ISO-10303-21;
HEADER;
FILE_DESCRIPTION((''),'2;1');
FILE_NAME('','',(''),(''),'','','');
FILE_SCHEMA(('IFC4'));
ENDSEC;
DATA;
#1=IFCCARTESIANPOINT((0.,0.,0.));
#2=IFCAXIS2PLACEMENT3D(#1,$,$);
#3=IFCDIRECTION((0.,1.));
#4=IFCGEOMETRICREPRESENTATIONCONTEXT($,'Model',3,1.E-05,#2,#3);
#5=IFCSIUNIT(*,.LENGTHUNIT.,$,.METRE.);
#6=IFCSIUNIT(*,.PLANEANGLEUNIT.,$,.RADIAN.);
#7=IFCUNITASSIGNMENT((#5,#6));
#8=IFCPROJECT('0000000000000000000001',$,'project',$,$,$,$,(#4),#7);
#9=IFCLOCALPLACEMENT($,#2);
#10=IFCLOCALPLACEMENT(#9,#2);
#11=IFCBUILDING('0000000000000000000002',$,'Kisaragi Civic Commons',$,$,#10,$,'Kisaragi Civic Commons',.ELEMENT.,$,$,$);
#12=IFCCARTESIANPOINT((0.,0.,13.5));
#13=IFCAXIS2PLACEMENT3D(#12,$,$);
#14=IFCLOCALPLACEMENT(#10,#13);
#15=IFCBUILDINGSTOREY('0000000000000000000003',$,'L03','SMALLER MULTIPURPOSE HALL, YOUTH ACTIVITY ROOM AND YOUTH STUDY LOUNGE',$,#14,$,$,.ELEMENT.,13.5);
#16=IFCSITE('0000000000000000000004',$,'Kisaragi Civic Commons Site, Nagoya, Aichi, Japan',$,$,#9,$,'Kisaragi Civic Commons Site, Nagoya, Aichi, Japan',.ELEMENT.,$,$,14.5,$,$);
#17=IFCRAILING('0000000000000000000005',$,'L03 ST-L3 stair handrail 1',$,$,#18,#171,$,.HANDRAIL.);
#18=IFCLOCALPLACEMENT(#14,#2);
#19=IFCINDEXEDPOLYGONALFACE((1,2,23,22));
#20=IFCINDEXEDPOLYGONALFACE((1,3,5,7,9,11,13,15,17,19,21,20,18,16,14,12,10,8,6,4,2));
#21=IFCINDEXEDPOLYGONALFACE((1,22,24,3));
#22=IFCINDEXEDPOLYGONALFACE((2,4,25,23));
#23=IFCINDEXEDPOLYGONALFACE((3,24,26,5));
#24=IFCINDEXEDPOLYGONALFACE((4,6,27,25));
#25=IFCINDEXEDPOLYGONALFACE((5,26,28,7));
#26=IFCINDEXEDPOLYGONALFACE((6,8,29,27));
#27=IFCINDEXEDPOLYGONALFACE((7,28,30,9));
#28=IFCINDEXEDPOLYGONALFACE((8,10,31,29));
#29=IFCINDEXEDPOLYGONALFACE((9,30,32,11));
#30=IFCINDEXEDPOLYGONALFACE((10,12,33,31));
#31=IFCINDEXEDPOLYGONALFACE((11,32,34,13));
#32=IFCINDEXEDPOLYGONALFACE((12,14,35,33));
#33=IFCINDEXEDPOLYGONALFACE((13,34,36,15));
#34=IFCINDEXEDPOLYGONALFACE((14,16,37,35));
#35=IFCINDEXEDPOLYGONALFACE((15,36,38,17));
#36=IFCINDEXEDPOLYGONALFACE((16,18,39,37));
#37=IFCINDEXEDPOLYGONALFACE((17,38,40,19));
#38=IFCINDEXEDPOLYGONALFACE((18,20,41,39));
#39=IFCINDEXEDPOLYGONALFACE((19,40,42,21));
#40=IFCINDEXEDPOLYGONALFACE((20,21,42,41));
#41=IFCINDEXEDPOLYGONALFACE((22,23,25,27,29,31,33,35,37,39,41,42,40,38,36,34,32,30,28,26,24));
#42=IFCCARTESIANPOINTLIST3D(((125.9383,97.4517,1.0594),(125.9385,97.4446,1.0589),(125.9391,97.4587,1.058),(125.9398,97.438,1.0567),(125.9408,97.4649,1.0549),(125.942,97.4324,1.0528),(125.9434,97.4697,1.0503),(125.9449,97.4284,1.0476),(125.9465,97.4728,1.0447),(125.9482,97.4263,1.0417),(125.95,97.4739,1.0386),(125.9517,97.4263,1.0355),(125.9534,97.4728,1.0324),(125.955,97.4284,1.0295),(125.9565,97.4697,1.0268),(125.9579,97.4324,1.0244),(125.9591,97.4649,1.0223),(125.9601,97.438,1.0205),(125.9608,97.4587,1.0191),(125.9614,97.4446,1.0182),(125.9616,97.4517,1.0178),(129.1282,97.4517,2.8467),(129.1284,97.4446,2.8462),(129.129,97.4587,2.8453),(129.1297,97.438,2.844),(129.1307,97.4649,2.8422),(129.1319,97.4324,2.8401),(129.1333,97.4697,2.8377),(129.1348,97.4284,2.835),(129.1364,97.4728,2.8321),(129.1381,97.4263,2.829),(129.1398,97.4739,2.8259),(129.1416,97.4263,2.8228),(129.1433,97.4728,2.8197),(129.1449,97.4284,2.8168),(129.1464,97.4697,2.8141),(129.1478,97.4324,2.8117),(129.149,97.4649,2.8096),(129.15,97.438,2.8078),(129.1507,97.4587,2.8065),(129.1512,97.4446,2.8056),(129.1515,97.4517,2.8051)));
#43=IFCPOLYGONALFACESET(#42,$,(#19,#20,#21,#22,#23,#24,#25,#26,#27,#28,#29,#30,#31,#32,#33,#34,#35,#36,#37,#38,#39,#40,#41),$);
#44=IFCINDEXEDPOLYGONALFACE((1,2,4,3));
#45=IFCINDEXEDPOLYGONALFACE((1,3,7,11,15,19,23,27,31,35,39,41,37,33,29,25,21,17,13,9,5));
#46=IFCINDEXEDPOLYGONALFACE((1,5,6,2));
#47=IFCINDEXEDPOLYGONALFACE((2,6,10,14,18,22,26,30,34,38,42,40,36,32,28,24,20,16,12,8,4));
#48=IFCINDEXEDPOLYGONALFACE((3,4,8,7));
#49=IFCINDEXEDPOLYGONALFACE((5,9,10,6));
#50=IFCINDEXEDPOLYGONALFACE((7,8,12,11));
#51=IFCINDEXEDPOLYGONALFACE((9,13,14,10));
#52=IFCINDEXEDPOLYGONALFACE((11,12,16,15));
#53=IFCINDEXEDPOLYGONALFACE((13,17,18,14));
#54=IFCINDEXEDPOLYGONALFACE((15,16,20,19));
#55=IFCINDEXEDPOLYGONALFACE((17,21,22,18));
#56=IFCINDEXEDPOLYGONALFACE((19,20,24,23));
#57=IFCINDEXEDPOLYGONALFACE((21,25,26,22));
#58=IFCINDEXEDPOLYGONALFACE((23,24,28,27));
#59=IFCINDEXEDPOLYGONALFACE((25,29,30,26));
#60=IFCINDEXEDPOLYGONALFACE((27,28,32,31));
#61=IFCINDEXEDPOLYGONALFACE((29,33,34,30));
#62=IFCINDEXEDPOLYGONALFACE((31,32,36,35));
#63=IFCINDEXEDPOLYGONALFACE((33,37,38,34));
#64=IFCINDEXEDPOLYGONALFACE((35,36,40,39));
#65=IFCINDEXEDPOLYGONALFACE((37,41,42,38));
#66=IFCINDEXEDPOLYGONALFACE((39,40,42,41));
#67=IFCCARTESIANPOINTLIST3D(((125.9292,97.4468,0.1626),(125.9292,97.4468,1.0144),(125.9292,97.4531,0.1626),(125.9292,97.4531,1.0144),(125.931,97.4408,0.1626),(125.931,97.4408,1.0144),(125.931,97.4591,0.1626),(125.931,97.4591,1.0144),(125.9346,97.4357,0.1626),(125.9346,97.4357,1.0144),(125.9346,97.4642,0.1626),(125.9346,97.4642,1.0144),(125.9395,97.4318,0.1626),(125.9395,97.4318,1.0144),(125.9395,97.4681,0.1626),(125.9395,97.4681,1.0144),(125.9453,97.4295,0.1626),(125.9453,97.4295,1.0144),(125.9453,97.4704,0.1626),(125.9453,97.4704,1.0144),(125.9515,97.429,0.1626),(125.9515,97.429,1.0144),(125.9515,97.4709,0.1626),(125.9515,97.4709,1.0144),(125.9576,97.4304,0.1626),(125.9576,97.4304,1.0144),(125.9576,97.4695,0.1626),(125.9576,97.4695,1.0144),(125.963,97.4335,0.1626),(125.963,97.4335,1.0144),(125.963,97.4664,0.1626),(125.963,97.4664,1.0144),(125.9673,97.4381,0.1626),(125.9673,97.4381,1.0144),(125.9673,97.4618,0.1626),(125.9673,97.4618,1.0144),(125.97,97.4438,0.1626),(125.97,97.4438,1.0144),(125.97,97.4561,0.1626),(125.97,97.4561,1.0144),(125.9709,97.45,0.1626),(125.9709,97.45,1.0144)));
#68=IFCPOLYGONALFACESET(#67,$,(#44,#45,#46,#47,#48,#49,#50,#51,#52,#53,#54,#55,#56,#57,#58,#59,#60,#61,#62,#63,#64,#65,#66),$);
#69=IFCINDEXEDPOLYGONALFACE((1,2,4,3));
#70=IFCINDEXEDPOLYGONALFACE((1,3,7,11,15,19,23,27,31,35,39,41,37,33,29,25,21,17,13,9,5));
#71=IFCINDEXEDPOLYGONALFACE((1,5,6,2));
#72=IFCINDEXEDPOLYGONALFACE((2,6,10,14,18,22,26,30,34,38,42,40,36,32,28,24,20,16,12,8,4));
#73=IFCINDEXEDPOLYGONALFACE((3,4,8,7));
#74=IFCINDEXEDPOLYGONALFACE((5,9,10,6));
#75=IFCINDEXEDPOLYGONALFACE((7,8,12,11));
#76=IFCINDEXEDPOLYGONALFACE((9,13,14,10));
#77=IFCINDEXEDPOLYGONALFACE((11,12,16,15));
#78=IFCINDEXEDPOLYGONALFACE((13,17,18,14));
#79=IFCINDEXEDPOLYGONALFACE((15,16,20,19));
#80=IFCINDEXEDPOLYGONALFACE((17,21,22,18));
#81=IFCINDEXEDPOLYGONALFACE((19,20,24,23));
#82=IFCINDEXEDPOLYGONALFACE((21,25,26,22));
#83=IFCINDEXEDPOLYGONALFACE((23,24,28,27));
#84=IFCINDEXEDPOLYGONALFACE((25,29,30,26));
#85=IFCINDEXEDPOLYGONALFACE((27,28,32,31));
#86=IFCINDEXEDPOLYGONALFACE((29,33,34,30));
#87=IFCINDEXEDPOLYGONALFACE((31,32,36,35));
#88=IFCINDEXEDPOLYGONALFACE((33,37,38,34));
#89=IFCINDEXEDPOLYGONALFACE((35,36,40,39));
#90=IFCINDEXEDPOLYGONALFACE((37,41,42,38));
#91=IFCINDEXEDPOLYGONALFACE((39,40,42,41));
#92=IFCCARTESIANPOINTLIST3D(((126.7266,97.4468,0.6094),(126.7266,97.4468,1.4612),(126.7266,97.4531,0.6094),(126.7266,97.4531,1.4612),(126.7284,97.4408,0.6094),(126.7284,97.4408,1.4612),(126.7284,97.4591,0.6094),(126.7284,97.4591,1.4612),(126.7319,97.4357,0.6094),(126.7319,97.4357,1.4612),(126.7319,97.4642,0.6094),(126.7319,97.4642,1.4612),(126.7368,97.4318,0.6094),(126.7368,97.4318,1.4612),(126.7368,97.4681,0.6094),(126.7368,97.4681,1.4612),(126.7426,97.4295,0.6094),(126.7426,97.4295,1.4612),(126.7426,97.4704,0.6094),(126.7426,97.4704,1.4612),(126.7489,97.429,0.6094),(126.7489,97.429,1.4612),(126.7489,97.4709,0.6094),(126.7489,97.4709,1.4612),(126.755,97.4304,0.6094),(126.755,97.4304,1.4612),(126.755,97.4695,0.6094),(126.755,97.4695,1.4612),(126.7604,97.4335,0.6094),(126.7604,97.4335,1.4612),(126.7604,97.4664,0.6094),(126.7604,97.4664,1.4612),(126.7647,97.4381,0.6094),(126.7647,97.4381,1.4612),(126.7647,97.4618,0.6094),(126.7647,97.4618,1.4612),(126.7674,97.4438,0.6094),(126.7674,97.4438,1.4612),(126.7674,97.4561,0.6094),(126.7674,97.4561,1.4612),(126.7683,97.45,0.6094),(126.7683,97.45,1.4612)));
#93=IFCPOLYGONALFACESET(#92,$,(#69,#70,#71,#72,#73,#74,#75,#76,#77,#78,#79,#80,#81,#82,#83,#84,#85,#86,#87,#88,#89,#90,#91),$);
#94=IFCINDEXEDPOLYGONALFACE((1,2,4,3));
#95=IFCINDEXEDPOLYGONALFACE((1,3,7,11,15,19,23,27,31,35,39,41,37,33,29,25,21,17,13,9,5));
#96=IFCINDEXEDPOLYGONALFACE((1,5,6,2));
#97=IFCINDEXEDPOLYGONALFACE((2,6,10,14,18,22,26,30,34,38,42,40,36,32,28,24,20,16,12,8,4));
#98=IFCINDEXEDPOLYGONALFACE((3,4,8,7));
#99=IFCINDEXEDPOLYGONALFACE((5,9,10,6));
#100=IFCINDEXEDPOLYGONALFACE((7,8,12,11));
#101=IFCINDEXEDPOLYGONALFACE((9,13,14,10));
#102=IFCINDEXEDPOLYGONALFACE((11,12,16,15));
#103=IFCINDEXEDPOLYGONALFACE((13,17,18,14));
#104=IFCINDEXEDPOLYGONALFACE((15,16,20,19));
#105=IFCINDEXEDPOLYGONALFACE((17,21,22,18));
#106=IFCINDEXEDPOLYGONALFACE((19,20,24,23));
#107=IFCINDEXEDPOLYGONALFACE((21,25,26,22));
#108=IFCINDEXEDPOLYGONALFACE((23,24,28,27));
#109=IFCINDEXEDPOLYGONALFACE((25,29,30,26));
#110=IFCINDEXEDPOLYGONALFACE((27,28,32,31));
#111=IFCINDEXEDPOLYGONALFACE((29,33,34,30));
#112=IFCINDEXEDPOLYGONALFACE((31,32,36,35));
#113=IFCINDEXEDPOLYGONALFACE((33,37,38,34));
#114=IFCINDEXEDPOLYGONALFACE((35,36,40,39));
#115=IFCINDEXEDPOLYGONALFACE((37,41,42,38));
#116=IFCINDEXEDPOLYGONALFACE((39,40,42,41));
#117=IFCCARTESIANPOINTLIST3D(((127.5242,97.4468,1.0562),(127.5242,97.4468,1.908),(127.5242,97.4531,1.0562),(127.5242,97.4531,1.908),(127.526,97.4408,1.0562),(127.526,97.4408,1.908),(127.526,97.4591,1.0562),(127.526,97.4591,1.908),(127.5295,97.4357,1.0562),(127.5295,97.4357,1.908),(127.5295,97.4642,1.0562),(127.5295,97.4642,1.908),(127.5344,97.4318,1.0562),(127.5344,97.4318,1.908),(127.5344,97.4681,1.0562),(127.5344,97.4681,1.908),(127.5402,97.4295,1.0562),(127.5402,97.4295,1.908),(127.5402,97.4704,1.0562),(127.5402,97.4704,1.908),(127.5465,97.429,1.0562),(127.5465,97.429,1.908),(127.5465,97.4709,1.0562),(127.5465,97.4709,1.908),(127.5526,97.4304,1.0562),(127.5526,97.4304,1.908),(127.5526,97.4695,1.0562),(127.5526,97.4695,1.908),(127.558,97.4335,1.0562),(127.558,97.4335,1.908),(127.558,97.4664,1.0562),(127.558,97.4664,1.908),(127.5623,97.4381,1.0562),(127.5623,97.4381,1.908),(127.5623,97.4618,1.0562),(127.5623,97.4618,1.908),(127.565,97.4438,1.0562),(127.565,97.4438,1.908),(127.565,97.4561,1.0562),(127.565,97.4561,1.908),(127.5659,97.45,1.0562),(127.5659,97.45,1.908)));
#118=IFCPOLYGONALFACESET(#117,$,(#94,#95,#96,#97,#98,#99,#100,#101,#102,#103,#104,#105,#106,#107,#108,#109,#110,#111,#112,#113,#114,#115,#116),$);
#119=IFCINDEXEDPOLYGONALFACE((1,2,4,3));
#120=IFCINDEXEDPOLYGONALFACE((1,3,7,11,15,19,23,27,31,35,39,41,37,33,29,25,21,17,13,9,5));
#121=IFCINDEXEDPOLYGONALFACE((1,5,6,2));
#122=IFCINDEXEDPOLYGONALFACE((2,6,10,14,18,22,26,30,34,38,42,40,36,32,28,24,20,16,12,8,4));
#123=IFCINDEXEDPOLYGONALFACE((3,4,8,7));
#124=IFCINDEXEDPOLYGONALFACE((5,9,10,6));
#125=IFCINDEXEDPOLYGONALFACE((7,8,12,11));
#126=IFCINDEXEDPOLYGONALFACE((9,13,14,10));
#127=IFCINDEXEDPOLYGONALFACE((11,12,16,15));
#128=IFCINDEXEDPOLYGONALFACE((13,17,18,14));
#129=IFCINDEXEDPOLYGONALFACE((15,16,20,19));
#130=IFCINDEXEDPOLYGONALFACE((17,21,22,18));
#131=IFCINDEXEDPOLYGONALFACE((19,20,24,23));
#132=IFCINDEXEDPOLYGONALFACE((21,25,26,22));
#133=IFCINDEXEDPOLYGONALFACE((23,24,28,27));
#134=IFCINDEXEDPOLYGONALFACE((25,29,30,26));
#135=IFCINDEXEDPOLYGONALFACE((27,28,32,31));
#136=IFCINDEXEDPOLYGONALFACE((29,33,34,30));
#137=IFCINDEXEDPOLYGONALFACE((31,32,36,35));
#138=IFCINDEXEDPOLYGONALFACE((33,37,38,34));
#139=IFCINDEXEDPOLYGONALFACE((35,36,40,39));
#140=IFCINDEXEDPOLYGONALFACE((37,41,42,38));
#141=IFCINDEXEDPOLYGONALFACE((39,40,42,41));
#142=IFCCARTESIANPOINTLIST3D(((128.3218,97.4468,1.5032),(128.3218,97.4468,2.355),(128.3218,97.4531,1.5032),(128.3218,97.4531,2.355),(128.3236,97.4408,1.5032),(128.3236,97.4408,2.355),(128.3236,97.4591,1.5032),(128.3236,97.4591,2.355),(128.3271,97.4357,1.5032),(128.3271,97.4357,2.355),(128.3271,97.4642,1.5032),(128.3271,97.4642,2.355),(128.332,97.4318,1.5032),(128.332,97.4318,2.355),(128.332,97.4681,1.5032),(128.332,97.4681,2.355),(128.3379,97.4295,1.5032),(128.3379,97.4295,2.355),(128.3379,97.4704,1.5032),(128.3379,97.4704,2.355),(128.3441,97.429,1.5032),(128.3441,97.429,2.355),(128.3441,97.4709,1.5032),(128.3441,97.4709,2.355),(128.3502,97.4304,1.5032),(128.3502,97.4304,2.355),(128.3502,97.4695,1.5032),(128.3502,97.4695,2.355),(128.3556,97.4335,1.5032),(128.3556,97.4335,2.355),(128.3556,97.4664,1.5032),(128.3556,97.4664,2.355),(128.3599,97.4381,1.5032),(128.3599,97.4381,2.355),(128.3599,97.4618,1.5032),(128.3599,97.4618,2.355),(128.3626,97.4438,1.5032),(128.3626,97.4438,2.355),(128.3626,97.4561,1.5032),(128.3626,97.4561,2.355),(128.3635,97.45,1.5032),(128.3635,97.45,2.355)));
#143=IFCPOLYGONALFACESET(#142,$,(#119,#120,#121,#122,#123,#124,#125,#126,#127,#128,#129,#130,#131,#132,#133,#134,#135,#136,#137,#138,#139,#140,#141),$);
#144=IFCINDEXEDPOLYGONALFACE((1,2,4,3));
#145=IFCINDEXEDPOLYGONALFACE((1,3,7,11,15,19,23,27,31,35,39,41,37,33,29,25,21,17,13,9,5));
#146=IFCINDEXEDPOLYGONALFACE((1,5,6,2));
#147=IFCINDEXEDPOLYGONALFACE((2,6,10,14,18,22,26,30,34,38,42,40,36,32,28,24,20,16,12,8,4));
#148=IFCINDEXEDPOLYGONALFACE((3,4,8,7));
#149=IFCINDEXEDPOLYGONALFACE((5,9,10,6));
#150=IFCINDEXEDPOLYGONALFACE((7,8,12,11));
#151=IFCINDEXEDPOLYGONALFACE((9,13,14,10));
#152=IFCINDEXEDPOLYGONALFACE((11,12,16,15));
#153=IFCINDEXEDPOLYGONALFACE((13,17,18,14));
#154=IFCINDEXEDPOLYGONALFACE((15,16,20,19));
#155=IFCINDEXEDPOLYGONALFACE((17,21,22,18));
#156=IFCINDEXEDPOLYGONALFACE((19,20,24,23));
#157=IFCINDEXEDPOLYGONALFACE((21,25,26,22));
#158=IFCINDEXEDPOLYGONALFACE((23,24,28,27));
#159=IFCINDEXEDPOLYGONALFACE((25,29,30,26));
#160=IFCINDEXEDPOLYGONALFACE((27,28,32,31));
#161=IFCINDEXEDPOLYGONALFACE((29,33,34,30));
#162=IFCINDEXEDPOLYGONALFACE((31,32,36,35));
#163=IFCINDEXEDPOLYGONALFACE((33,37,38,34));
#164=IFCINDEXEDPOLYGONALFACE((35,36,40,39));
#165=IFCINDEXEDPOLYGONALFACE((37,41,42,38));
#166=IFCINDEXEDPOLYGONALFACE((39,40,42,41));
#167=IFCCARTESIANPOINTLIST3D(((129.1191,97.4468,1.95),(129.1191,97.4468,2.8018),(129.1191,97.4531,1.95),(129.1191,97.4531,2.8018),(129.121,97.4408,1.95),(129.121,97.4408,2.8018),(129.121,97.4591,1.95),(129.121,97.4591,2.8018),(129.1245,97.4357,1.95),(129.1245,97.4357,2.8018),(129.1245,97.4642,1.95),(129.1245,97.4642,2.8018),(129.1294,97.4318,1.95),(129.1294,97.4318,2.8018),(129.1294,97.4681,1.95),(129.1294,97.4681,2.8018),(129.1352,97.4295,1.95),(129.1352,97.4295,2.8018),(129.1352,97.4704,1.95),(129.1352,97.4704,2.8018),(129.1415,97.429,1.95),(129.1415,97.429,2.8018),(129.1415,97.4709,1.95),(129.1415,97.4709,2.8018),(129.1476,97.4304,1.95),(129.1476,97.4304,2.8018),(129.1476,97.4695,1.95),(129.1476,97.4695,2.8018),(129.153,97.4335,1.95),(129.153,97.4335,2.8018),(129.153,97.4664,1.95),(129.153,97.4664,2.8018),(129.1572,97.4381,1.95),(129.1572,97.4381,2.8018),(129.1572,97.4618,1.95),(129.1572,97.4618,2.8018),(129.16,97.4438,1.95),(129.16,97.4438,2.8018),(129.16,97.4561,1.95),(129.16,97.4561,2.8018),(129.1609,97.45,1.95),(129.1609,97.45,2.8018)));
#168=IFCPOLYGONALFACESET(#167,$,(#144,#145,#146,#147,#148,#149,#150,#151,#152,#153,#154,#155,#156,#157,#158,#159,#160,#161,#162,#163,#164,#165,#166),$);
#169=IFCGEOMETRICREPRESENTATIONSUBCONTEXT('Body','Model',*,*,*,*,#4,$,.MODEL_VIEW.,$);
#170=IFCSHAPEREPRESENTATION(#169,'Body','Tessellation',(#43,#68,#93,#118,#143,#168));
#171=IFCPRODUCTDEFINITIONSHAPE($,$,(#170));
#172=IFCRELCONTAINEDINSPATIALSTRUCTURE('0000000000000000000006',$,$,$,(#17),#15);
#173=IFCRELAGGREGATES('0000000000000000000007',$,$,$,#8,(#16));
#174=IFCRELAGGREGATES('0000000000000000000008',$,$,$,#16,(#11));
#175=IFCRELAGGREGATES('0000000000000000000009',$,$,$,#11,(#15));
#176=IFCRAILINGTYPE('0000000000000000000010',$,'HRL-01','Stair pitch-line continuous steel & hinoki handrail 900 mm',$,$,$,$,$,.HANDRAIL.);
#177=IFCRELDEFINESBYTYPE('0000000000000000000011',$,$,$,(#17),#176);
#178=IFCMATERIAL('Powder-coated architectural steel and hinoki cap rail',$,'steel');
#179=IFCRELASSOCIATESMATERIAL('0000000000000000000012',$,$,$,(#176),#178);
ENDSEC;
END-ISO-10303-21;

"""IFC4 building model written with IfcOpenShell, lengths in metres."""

from ifc_helpers import new_model, si_unit, direction, frame, origin, origin_2d, place, context, subcontext, project, spatial, circle, extrude, material, type_object, element, save


model = new_model("IFC4")

# Units and contexts
model_context = context("Model", 3, precision=1e-05, world=origin(), true_north=direction((0.0, 1.0)))
body_context = subcontext(model_context, "Body", "Model", "MODEL_VIEW")
ifc_project = project(units=[si_unit("LENGTHUNIT", "METRE"), si_unit("PLANEANGLEUNIT", "RADIAN")], contexts=[model_context])

# Site, building, storey
site_placement = place(None, origin())
site = spatial("IfcSite", under=ifc_project, at=site_placement, Name="Kisaragi Civic Commons Site, Nagoya, Aichi, Japan", LongName="Kisaragi Civic Commons Site, Nagoya, Aichi, Japan", CompositionType="ELEMENT", RefElevation=14.5)
building_placement = place(site_placement, origin())
building = spatial("IfcBuilding", under=site, at=building_placement, Name="Kisaragi Civic Commons", LongName="Kisaragi Civic Commons", CompositionType="ELEMENT")
storey_placement = place(building_placement, frame((0.0, 0.0, 13.5)))
storey = spatial("IfcBuildingStorey", under=building, at=storey_placement, Name="L03", Description="SMALLER MULTIPURPOSE HALL, YOUTH ACTIVITY ROOM AND YOUTH STUDY LOUNGE", CompositionType="ELEMENT", Elevation=13.5)

# Railing
ifc_material_1 = material(Name="Powder-coated architectural steel and hinoki cap rail", Category="steel")
railing_type_1 = type_object("IfcRailingType", Name="HRL-01", Description="Stair pitch-line continuous steel & hinoki handrail 900 mm", PredefinedType="HANDRAIL", material=ifc_material_1)
railing_1_placement = place(storey_placement, frame((125.95, 97.45, 0.1626)))
element("IfcRailing", 1, at=railing_1_placement, inside=storey, type_object=railing_type_1, Name="L03 ST-L3 stair handrail 1", PredefinedType="HANDRAIL", context=body_context, shape_type="SweptSolid", body=[
    extrude(circle(Radius=0.0239, at=origin_2d()), frame((0.0, 0.0, 0.876), z_axis=(0.872391, 0.0, 0.488809), x_axis=(0.0, 1.0, 0.0)), (0.0, 0.0, 1.0), 3.6565),
    extrude(circle(Radius=0.021, at=origin_2d()), origin(), (0.0, 0.0, 1.0), 0.8518),
    extrude(circle(Radius=0.021, at=origin_2d()), frame((0.7974, 0.0, 0.4468)), (0.0, 0.0, 1.0), 0.8518),
    extrude(circle(Radius=0.021, at=origin_2d()), frame((1.595, 0.0, 0.8936)), (0.0, 0.0, 1.0), 0.8518),
    extrude(circle(Radius=0.021, at=origin_2d()), frame((2.3926, 0.0, 1.3406)), (0.0, 0.0, 1.0), 0.8518),
    extrude(circle(Radius=0.021, at=origin_2d()), frame((3.1899, 0.0, 1.7874)), (0.0, 0.0, 1.0), 0.8518),
])

save(model, "model.ifc")
